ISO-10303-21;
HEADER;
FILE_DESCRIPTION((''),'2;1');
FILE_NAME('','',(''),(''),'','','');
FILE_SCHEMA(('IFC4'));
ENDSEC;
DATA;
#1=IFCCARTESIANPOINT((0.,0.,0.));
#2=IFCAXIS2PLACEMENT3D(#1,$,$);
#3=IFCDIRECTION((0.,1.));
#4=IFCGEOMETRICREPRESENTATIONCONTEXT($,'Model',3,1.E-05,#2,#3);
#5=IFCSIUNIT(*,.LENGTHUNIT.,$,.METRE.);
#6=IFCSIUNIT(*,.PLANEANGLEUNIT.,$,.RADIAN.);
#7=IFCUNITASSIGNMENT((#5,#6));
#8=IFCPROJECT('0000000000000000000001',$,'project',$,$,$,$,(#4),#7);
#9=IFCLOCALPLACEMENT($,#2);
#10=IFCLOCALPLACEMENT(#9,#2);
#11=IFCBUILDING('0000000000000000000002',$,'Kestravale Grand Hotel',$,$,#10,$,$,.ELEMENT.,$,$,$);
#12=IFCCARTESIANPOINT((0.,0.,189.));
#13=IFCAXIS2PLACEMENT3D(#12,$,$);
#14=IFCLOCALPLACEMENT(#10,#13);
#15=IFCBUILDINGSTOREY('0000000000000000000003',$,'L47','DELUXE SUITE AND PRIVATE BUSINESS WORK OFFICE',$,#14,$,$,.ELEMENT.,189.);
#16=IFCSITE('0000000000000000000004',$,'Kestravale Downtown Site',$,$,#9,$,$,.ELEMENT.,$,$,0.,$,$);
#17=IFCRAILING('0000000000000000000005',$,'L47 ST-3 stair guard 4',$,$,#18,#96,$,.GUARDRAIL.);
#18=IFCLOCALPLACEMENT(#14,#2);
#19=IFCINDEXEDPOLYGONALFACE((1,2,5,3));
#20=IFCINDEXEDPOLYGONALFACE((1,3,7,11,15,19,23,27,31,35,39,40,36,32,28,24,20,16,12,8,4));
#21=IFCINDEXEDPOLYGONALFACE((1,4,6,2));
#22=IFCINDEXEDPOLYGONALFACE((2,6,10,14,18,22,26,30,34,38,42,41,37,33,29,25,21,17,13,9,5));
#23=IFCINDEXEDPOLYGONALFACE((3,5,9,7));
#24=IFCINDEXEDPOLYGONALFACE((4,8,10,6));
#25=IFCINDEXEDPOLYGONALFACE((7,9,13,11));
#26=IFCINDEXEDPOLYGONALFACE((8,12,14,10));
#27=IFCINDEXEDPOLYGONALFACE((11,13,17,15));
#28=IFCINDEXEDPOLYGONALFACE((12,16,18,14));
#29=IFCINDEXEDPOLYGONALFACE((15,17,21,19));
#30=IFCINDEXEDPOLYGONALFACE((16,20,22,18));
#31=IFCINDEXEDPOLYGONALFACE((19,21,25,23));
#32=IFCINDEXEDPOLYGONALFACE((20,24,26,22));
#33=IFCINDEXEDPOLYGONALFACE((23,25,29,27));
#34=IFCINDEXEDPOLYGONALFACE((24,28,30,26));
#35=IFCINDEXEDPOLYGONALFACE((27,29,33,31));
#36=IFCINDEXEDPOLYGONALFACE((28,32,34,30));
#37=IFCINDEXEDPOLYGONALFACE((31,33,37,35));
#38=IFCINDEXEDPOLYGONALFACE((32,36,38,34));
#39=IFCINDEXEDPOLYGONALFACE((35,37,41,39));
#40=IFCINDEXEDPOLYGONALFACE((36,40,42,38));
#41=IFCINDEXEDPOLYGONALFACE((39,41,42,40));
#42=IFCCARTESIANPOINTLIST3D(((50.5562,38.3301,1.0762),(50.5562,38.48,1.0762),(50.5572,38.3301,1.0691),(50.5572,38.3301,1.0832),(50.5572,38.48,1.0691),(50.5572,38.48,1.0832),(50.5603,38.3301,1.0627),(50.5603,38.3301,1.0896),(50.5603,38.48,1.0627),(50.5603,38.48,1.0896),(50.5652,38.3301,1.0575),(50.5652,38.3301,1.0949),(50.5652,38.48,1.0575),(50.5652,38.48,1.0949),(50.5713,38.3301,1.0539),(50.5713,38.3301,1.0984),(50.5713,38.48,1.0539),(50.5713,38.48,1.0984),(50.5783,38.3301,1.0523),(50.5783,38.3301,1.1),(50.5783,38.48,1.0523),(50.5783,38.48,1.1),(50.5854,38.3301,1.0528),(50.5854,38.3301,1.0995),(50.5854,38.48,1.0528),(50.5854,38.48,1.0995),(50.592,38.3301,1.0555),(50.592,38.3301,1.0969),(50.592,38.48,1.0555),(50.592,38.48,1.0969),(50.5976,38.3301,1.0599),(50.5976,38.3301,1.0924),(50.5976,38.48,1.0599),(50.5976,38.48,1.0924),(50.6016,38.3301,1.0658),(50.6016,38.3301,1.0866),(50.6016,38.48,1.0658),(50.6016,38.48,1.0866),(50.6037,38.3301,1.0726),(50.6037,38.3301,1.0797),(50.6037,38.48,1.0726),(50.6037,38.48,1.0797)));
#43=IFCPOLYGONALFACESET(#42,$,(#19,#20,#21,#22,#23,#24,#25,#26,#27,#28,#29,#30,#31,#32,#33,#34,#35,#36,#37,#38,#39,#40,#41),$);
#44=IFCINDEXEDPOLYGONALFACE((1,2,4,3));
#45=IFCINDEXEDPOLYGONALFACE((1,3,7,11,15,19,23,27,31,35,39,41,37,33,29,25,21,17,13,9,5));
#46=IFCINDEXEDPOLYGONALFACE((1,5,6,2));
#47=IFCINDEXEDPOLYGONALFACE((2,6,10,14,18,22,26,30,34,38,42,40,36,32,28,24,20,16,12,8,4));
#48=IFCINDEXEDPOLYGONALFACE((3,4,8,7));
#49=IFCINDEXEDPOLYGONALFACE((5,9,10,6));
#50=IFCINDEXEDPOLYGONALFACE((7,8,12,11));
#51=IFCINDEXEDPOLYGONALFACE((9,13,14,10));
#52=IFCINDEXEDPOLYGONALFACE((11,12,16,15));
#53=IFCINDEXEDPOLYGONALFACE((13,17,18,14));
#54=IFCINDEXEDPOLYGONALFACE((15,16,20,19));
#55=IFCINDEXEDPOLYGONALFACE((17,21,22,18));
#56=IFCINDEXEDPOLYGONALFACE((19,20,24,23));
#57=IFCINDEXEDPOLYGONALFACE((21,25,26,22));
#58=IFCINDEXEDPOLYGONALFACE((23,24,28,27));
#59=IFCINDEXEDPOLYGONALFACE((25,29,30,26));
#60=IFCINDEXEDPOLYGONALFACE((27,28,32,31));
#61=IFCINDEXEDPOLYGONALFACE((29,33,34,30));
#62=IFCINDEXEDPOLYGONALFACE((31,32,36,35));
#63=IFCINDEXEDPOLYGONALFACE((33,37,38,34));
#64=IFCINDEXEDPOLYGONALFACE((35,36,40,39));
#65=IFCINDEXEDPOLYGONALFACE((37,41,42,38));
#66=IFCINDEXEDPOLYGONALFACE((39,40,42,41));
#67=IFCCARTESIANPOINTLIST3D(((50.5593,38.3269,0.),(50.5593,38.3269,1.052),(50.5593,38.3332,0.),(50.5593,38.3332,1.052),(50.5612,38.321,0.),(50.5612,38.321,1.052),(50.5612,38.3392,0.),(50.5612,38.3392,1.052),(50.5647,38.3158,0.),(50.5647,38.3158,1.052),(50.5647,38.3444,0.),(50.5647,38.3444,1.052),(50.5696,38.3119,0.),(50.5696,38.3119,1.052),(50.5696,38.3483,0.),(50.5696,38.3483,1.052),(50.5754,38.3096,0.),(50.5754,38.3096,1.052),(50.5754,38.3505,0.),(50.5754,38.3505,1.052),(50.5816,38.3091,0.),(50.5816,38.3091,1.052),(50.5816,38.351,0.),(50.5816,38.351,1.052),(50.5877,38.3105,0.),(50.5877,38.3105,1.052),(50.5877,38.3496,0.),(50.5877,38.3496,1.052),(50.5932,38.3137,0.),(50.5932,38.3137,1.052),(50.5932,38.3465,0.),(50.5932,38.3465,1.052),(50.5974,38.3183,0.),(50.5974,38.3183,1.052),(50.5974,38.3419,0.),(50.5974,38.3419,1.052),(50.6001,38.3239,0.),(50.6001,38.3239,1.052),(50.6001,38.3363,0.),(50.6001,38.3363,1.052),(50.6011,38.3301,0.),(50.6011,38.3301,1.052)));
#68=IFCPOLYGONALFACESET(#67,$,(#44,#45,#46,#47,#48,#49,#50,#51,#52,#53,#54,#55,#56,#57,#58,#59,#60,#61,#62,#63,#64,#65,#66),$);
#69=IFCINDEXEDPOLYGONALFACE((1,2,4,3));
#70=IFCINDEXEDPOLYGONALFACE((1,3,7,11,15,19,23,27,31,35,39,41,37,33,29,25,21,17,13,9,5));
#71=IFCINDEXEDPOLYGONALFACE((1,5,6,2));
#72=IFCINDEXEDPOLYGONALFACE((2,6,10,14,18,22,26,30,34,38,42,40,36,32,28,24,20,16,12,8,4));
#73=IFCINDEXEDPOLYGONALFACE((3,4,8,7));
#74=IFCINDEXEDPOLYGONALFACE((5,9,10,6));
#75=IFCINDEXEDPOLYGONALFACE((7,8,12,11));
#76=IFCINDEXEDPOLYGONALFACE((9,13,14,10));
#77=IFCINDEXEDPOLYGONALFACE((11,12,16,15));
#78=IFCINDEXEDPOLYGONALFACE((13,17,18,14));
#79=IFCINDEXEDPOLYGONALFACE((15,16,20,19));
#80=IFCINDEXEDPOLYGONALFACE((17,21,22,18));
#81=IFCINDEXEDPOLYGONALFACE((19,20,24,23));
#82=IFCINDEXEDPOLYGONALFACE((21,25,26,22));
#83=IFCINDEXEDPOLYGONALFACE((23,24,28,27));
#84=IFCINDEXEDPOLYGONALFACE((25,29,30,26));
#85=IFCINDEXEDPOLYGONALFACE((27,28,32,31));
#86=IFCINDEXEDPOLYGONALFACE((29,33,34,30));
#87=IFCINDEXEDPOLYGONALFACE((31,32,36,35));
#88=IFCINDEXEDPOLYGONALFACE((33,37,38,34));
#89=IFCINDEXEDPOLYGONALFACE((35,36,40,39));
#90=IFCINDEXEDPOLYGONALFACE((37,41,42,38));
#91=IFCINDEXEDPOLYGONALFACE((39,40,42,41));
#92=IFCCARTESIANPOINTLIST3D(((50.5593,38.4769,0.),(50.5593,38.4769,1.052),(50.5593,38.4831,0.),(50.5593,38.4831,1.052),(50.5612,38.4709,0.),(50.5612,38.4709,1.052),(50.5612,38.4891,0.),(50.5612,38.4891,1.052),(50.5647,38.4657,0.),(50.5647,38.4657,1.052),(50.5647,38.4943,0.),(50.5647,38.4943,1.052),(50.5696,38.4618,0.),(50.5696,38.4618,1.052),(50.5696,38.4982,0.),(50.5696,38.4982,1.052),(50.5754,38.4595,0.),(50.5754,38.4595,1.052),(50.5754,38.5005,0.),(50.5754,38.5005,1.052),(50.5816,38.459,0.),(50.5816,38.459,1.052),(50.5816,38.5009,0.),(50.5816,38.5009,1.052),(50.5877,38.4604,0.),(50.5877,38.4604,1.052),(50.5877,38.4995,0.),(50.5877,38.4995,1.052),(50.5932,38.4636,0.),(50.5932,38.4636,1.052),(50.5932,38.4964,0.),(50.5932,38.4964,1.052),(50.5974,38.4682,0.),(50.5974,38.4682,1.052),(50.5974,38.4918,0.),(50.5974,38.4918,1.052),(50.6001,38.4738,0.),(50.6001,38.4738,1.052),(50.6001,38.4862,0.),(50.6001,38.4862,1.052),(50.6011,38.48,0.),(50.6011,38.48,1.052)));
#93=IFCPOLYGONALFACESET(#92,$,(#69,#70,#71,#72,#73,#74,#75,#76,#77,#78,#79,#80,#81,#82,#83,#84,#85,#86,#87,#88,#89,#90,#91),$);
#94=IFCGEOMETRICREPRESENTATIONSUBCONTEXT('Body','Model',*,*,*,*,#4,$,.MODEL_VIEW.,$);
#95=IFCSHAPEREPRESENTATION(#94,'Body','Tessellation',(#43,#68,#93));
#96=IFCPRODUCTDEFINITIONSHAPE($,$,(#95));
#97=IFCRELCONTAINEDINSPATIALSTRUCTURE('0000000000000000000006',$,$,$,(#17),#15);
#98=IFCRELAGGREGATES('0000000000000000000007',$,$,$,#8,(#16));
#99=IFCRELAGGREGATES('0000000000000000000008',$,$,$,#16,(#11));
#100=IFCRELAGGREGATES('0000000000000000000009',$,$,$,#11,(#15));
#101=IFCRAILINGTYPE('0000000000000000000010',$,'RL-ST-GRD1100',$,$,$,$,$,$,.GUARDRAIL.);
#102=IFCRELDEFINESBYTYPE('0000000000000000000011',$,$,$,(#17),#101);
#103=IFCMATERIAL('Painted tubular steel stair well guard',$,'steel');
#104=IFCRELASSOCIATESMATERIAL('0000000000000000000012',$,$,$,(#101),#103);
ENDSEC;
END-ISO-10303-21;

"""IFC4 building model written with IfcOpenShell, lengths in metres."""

from ifc_helpers import new_model, si_unit, direction, frame, origin, origin_2d, place, context, subcontext, project, spatial, circle, extrude, material, type_object, element, save


model = new_model("IFC4")

# Units and contexts
model_context = context("Model", 3, precision=1e-05, world=origin(), true_north=direction((0.0, 1.0)))
body_context = subcontext(model_context, "Body", "Model", "MODEL_VIEW")
ifc_project = project(units=[si_unit("LENGTHUNIT", "METRE"), si_unit("PLANEANGLEUNIT", "RADIAN")], contexts=[model_context])

# Site, building, storey
site_placement = place(None, origin())
site = spatial("IfcSite", under=ifc_project, at=site_placement, Name="Kestravale Downtown Site", CompositionType="ELEMENT", RefElevation=0.0)
building_placement = place(site_placement, origin())
building = spatial("IfcBuilding", under=site, at=building_placement, Name="Kestravale Grand Hotel", CompositionType="ELEMENT")
storey_placement = place(building_placement, frame((0.0, 0.0, 189.0)))
storey = spatial("IfcBuildingStorey", under=building, at=storey_placement, Name="L47", Description="DELUXE SUITE AND PRIVATE BUSINESS WORK OFFICE", CompositionType="ELEMENT", Elevation=189.0)

# Railing
ifc_material_1 = material(Name="Painted tubular steel stair well guard", Category="steel")
railing_type_1 = type_object("IfcRailingType", Name="RL-ST-GRD1100", PredefinedType="GUARDRAIL", material=ifc_material_1)
railing_1_placement = place(storey_placement, frame((50.5801, 38.3301, 0.0)))
element("IfcRailing", 1, at=railing_1_placement, inside=storey, type_object=railing_type_1, Name="L47 ST-3 stair guard 4", PredefinedType="GUARDRAIL", context=body_context, shape_type="SweptSolid", body=[
    extrude(circle(Radius=0.0239, at=origin_2d()), frame((0.0, 0.0, 1.0762), z_axis=(0.0, 1.0, 0.0), x_axis=(-1.0, 0.0, 0.0)), (0.0, 0.0, 1.0), 0.1499),
    extrude(circle(Radius=0.021, at=origin_2d()), origin(), (0.0, 0.0, 1.0), 1.052),
    extrude(circle(Radius=0.021, at=origin_2d()), frame((0.0, 0.1499, 0.0)), (0.0, 0.0, 1.0), 1.052),
])

save(model, "model.ifc")
